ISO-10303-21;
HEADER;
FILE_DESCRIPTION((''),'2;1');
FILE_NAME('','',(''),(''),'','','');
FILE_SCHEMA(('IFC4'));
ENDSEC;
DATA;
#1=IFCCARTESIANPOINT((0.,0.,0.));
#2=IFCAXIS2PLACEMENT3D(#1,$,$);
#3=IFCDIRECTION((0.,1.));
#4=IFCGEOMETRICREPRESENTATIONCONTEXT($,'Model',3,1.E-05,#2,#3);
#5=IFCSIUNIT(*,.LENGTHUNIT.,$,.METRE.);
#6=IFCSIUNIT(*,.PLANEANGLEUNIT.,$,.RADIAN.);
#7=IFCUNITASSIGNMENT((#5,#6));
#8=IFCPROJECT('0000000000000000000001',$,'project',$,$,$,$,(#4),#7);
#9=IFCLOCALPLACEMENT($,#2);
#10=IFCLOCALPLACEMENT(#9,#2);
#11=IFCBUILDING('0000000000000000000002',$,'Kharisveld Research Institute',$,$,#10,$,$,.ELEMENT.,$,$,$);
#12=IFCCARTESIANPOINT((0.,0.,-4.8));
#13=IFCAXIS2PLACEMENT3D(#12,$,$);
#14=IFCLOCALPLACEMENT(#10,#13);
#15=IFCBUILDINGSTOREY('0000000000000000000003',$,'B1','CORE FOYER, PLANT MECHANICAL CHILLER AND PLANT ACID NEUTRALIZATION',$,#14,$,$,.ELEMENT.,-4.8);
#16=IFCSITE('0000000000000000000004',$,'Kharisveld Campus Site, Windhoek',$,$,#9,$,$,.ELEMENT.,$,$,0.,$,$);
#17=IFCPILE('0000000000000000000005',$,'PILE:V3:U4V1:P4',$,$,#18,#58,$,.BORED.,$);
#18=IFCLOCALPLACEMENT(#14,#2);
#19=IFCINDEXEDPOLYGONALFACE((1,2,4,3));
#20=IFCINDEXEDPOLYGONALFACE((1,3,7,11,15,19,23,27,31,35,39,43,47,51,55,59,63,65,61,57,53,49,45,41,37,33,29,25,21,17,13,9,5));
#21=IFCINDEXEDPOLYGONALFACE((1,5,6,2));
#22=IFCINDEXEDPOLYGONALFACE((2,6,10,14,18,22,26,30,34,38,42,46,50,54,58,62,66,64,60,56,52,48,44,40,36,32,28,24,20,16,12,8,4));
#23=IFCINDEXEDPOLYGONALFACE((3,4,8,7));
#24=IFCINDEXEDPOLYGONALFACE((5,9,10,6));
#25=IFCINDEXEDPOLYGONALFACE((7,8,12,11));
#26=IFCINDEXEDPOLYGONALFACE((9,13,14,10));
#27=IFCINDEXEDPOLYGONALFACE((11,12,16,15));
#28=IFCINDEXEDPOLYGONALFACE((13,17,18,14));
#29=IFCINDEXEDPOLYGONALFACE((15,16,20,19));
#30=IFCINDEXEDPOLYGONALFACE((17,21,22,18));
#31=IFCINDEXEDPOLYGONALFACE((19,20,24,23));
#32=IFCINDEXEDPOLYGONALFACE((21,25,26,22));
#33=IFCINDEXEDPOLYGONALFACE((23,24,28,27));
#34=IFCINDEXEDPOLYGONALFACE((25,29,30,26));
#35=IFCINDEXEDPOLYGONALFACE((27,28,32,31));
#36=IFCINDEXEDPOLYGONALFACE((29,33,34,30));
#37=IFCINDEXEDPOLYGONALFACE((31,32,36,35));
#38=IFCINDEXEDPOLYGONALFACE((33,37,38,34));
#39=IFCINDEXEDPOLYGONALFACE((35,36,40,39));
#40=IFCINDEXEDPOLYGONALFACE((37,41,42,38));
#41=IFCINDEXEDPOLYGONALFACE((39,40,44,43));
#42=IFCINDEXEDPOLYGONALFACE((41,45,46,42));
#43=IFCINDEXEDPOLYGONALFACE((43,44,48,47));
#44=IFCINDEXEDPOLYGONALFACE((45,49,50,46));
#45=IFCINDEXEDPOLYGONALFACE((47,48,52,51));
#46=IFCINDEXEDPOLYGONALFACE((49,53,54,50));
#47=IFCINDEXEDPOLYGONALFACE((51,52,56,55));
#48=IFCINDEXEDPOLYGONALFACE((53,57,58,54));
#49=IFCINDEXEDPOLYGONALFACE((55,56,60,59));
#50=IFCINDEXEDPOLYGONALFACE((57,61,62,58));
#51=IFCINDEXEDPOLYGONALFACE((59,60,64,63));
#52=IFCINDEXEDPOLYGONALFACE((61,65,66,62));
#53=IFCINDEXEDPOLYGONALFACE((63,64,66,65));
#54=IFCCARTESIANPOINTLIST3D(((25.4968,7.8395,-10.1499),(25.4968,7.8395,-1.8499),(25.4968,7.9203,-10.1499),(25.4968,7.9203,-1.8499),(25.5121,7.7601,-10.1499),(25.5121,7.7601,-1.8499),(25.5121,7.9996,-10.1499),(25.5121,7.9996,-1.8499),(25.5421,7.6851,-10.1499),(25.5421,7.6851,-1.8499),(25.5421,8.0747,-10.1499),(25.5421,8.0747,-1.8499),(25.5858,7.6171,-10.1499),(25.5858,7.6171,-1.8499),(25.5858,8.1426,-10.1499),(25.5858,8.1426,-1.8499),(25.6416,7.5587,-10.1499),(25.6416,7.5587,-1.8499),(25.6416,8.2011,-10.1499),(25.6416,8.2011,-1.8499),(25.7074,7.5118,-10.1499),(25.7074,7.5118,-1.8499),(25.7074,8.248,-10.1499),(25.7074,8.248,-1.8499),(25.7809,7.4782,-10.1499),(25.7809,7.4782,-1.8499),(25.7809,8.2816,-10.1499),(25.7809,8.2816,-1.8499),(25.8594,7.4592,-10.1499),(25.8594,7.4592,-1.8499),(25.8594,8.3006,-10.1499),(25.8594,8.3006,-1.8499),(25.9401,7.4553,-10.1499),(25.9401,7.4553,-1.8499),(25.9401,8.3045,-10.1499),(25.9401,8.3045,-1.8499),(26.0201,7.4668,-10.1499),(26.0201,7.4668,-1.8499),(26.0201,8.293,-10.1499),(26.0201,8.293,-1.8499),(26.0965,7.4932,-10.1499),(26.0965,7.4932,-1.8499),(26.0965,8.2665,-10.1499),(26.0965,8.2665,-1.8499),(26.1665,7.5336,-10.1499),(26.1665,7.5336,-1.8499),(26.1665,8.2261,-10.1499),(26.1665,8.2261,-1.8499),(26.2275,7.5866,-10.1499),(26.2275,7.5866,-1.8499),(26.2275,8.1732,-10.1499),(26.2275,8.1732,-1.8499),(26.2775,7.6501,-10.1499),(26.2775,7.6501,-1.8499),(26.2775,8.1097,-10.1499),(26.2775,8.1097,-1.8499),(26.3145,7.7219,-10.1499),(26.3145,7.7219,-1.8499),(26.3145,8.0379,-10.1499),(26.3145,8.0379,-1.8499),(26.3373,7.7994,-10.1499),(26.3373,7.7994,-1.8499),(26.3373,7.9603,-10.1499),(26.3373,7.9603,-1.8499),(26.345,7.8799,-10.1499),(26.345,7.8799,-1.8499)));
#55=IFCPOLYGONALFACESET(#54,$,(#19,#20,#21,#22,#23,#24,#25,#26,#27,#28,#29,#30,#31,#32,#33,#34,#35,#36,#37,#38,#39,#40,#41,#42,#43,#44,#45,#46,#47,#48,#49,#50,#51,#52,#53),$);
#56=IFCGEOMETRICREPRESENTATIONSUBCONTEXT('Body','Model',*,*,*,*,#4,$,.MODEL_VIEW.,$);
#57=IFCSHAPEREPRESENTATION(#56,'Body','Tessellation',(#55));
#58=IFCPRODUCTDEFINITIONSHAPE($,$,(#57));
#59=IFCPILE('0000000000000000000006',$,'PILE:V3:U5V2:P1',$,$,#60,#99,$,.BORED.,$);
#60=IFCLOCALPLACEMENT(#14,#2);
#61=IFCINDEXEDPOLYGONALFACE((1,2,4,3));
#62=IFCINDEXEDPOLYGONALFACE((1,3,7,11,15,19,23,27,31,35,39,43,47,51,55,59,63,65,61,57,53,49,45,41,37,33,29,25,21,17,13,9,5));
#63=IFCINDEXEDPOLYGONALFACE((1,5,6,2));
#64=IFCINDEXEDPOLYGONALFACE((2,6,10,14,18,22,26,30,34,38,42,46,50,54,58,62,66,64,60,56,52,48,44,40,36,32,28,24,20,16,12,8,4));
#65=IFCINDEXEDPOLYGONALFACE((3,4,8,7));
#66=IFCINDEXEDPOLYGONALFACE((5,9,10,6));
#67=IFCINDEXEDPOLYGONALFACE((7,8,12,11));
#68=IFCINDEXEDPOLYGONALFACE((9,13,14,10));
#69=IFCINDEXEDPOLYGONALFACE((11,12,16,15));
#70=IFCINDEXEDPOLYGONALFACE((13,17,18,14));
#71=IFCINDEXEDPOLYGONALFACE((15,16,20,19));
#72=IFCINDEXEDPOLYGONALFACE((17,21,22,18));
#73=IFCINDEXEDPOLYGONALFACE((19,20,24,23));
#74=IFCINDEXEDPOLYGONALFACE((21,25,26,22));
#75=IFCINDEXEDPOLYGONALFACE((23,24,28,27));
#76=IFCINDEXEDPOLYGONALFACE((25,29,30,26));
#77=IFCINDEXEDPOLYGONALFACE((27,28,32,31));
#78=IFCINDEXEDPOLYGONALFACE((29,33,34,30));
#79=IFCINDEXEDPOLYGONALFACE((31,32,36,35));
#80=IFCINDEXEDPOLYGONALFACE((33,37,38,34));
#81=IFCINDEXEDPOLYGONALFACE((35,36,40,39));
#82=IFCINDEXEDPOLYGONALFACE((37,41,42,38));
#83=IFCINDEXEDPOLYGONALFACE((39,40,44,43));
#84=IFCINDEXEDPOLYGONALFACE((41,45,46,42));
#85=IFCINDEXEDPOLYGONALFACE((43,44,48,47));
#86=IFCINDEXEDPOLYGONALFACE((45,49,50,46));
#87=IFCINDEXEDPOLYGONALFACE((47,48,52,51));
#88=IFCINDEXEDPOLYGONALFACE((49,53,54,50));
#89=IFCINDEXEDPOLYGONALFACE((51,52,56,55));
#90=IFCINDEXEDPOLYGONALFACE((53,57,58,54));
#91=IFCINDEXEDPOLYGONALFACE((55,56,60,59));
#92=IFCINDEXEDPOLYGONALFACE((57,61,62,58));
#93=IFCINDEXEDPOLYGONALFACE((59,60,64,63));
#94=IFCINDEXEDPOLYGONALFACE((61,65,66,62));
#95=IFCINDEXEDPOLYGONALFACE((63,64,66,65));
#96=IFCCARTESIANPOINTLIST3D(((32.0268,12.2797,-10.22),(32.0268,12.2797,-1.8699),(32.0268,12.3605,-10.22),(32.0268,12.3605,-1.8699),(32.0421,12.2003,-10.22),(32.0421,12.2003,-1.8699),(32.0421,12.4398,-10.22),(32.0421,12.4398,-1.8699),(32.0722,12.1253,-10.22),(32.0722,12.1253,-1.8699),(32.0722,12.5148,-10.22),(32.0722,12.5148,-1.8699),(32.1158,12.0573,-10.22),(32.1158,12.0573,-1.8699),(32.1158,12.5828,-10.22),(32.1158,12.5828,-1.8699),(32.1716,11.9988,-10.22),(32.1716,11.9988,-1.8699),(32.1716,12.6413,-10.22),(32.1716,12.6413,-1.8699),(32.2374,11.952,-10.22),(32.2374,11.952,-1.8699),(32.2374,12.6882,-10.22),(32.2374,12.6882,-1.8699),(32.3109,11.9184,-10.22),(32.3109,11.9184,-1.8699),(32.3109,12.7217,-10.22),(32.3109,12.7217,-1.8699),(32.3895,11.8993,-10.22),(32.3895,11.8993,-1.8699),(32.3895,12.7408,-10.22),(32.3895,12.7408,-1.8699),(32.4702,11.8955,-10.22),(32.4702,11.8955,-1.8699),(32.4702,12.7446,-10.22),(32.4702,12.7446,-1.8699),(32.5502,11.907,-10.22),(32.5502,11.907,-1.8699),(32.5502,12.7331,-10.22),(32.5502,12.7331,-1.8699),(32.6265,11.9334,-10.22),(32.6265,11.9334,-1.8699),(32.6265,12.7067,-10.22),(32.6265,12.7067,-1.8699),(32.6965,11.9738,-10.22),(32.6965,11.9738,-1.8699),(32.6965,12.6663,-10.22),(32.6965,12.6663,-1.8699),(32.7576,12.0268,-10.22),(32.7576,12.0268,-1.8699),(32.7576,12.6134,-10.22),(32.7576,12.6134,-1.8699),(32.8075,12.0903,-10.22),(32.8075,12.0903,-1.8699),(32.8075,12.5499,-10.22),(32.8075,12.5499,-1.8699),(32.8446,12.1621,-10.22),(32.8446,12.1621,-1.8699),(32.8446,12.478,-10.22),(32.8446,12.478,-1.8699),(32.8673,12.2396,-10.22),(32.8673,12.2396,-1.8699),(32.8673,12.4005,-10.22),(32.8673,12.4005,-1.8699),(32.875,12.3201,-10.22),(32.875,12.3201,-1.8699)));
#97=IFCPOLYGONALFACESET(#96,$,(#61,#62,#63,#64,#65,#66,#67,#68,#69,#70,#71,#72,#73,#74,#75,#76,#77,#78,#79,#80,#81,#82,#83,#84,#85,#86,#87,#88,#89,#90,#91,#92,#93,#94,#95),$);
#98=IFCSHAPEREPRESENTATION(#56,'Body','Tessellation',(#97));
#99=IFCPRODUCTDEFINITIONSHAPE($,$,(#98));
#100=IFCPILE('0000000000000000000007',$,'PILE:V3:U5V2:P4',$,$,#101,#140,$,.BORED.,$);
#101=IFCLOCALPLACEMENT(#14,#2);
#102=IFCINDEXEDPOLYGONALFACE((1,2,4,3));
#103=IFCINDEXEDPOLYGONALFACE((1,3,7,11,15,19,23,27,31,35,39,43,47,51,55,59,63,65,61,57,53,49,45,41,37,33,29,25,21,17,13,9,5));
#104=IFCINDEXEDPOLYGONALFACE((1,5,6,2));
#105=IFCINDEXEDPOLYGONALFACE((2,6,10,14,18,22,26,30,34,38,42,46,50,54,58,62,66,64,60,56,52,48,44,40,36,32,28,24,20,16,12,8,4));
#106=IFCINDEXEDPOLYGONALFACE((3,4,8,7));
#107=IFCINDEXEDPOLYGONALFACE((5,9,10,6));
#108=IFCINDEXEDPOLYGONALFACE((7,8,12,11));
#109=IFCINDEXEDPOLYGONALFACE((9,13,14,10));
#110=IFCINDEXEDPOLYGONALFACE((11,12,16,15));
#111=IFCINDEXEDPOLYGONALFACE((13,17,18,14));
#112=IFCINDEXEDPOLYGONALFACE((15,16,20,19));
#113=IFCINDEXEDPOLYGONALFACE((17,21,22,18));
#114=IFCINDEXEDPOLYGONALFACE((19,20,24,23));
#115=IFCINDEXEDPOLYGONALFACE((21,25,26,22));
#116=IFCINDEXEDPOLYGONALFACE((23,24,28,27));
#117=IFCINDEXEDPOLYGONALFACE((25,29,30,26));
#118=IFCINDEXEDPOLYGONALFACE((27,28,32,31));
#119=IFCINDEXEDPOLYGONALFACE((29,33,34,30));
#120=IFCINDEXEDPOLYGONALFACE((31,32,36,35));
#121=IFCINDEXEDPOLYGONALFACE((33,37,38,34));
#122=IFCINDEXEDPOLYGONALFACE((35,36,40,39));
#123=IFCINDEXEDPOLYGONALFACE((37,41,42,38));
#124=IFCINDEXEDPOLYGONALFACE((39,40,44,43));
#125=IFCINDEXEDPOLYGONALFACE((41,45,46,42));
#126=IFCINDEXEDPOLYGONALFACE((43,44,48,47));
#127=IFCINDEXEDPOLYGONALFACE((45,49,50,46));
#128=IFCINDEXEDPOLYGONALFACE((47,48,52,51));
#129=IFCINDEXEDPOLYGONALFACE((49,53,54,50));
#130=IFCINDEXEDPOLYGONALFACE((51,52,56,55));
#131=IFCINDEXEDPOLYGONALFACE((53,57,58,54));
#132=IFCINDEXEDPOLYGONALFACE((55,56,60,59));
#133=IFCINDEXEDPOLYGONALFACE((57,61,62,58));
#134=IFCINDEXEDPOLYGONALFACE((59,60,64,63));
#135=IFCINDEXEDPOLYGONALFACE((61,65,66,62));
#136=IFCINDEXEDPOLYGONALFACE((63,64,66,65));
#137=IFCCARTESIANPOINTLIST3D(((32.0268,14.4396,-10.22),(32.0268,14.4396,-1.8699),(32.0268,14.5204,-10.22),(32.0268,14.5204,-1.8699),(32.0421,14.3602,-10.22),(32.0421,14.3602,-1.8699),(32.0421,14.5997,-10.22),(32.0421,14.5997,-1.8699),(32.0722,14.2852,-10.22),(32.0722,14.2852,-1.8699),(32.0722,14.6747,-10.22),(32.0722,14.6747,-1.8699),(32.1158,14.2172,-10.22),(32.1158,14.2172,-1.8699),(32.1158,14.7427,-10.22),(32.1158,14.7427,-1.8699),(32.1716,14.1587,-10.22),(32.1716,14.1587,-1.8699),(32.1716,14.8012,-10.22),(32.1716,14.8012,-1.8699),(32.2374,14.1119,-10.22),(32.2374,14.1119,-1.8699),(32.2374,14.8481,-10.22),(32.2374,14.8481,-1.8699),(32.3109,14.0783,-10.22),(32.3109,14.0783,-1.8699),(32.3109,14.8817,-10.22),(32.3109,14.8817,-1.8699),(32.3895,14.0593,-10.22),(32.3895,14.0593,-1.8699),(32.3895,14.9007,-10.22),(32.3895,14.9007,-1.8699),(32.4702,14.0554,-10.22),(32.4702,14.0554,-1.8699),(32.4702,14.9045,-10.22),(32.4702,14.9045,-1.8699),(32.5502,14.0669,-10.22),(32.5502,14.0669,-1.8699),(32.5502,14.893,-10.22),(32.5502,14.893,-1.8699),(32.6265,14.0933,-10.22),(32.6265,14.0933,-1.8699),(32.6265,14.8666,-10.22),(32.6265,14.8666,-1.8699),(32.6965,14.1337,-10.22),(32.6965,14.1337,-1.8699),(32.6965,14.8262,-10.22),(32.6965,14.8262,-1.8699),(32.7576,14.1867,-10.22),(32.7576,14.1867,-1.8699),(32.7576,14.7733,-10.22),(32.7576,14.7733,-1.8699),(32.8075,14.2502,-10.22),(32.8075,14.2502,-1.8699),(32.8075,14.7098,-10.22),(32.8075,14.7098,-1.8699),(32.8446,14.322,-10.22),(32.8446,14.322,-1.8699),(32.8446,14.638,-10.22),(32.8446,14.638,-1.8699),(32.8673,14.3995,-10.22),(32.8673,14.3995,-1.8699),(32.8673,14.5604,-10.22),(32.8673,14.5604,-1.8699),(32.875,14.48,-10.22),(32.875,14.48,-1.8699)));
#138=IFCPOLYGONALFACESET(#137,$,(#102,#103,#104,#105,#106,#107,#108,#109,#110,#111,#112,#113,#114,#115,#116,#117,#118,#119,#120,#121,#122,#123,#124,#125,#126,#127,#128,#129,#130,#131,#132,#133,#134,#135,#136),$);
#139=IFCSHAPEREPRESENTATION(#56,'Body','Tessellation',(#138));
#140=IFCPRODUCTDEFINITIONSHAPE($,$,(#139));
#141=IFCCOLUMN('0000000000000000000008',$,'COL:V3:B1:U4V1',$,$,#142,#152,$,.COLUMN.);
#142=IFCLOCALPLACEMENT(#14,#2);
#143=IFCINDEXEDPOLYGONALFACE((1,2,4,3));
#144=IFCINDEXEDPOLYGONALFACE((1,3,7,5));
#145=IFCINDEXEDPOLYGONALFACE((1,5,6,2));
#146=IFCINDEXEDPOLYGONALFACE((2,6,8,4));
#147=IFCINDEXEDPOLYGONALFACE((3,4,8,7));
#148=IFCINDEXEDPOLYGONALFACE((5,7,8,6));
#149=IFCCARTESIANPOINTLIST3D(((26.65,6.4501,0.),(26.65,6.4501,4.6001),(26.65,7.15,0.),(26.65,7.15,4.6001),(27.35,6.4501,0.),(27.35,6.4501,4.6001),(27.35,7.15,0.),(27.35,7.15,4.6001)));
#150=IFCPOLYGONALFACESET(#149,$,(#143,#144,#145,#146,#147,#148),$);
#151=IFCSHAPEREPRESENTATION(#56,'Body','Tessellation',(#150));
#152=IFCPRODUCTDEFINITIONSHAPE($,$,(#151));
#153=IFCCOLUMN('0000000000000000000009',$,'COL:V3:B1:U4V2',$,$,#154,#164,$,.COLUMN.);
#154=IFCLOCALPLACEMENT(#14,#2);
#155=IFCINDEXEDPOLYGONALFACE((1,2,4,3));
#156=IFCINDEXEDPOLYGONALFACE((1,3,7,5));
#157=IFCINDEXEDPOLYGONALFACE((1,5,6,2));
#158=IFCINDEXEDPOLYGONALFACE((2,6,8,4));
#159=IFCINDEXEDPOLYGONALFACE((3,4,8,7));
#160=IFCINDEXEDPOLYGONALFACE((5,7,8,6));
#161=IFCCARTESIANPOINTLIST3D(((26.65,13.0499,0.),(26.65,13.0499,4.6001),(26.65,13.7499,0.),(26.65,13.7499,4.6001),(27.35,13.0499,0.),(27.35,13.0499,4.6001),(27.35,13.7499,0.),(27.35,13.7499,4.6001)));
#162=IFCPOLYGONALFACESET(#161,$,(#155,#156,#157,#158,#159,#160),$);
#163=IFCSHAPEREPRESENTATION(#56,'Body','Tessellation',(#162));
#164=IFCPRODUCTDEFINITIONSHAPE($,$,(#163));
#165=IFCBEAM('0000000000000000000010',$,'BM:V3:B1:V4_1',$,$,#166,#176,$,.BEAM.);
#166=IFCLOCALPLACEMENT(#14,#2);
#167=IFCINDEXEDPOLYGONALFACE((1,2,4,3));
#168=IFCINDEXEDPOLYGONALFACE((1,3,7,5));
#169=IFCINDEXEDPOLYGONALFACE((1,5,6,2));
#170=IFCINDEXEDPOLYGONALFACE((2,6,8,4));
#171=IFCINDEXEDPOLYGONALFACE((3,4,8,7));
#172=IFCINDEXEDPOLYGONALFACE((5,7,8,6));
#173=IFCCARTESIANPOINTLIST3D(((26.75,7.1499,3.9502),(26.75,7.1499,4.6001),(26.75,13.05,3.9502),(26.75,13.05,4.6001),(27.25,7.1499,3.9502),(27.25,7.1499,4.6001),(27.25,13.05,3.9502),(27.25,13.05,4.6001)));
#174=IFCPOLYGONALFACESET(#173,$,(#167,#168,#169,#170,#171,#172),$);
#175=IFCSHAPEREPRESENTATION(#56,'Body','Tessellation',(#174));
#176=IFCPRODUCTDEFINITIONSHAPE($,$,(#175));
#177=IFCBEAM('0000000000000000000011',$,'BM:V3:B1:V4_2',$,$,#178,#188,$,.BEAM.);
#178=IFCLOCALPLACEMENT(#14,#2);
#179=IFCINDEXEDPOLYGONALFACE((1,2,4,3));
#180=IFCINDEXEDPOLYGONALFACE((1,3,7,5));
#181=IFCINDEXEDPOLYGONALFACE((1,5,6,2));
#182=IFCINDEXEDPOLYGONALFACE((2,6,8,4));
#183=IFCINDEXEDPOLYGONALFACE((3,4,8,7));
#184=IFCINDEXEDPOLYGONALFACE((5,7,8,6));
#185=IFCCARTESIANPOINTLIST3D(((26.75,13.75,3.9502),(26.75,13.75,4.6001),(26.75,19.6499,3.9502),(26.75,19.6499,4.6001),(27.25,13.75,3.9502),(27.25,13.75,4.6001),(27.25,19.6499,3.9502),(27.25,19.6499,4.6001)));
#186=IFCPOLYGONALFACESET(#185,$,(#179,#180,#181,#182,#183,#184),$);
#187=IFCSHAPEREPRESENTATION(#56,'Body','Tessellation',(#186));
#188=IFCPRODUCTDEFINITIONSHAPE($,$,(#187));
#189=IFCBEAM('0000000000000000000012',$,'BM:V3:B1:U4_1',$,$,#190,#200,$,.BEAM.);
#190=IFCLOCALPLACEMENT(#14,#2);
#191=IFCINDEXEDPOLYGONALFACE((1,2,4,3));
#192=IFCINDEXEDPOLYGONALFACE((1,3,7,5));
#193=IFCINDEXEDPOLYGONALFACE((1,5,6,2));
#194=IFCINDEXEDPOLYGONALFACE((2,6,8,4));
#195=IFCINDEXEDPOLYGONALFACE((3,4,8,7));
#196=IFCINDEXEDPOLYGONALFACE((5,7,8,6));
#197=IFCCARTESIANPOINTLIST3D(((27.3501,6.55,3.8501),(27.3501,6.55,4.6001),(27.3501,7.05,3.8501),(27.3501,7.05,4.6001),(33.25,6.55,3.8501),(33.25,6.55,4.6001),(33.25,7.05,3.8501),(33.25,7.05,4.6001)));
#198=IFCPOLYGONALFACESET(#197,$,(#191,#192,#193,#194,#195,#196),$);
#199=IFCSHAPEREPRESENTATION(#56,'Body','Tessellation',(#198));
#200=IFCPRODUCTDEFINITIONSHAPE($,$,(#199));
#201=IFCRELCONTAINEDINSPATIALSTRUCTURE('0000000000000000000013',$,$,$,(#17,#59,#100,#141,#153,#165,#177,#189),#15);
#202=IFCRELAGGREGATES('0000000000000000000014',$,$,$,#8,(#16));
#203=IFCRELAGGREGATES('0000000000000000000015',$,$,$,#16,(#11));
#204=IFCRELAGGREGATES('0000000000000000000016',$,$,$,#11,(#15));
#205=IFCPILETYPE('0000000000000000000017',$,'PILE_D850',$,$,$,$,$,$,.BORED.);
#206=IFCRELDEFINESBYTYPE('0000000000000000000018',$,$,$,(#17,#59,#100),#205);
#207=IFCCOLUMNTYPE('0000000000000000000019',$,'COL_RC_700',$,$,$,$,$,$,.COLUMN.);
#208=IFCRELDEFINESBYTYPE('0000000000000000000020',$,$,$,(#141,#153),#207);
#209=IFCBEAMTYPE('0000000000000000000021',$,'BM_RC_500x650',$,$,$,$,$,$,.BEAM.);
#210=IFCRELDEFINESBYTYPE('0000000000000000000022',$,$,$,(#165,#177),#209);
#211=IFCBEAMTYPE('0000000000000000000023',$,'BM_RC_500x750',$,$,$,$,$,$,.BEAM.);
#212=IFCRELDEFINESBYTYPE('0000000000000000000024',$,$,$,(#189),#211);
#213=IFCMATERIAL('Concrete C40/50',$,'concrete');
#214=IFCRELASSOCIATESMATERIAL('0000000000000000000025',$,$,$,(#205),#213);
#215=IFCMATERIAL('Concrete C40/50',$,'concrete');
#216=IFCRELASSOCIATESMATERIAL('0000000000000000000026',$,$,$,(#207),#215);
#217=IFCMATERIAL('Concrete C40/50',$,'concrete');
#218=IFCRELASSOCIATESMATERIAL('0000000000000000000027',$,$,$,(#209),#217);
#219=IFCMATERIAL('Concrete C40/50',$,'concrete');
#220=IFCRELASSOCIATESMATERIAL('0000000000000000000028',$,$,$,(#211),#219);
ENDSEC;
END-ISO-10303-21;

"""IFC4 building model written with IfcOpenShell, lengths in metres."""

from ifc_helpers import new_model, si_unit, direction, frame, origin, origin_2d, place, context, subcontext, project, spatial, rectangle, circle, extrude, material, material_profile, profile_set, type_object, element, save


model = new_model("IFC4")

# Units and contexts
model_context = context("Model", 3, precision=1e-05, world=origin(), true_north=direction((0.0, 1.0)))
body_context = subcontext(model_context, "Body", "Model", "MODEL_VIEW")
ifc_project = project(units=[si_unit("LENGTHUNIT", "METRE"), si_unit("PLANEANGLEUNIT", "RADIAN")], contexts=[model_context])

# Site, building, storey
site_placement = place(None, origin())
site = spatial("IfcSite", under=ifc_project, at=site_placement, Name="Kharisveld Campus Site, Windhoek", CompositionType="ELEMENT", RefElevation=0.0)
building_placement = place(site_placement, origin())
building = spatial("IfcBuilding", under=site, at=building_placement, Name="Kharisveld Research Institute", CompositionType="ELEMENT")
storey_placement = place(building_placement, frame((0.0, 0.0, -4.8)))
storey = spatial("IfcBuildingStorey", under=building, at=storey_placement, Name="B1", Description="CORE FOYER, PLANT MECHANICAL CHILLER AND PLANT ACID NEUTRALIZATION", CompositionType="ELEMENT", Elevation=-4.8)

# Piles
ifc_material_1 = material(Name="Concrete C40/50", Category="concrete")
ifc_material_profile_1 = material_profile(ifc_material_1, circle(Radius=0.425, at=origin_2d()))
ifc_profile_set_1 = profile_set([ifc_material_profile_1], Name="Concrete C40/50")
pile_type_1 = type_object("IfcPileType", Name="PILE_D850", PredefinedType="BORED", material=ifc_profile_set_1)
for number, where, z_axis, x_axis, name in (
    (1, (25.9199, 7.8799, -1.8499), (0.0, 0.0, -1.0), (1.0, 0.0, 0.0), "PILE:V3:U4V1:P4"),
):
    element("IfcPile", number, at=place(storey_placement, frame(where, z_axis=z_axis, x_axis=x_axis)), inside=storey, type_object=pile_type_1, Name=name, PredefinedType="BORED", context=body_context, shape_type="SweptSolid", body=[
        extrude(circle(Radius=0.425, at=origin_2d()), origin(), (0.0, 0.0, 1.0), 8.3),
    ])
for number, where, z_axis, x_axis, name in (
    (2, (32.45, 12.3201, -1.8699), (0.0, 0.0, -1.0), (1.0, 0.0, 0.0), "PILE:V3:U5V2:P1"),
    (3, (32.45, 14.48, -1.8699), (0.0, 0.0, -1.0), (1.0, 0.0, 0.0), "PILE:V3:U5V2:P4"),
):
    element("IfcPile", number, at=place(storey_placement, frame(where, z_axis=z_axis, x_axis=x_axis)), inside=storey, type_object=pile_type_1, Name=name, PredefinedType="BORED", context=body_context, shape_type="SweptSolid", body=[
        extrude(circle(Radius=0.425, at=origin_2d()), origin(), (0.0, 0.0, 1.0), 8.3501),
    ])

# Columns
ifc_material_2 = material(Name="Concrete C40/50", Category="concrete")
ifc_material_profile_2 = material_profile(ifc_material_2, rectangle(XDim=0.7, YDim=0.7, at=origin_2d()))
ifc_profile_set_2 = profile_set([ifc_material_profile_2], Name="Concrete C40/50")
column_type = type_object("IfcColumnType", Name="COL_RC_700", PredefinedType="COLUMN", material=ifc_profile_set_2)
for number, where, z_axis, x_axis, name in (
    (4, (27.0, 6.8, 0.0), (0.0, 0.0, 1.0), (1.0, 0.0, 0.0), "COL:V3:B1:U4V1"),
    (5, (27.0, 13.3999, 0.0), (0.0, 0.0, 1.0), (1.0, 0.0, 0.0), "COL:V3:B1:U4V2"),
):
    element("IfcColumn", number, at=place(storey_placement, frame(where, z_axis=z_axis, x_axis=x_axis)), inside=storey, type_object=column_type, Name=name, PredefinedType="COLUMN", context=body_context, shape_type="SweptSolid", body=[
        extrude(rectangle(XDim=0.7, YDim=0.7, at=origin_2d()), origin(), (0.0, 0.0, 1.0), 4.6001),
    ])

# Beams
ifc_material_3 = material(Name="Concrete C40/50", Category="concrete")
ifc_material_profile_3 = material_profile(ifc_material_3, rectangle(XDim=0.5, YDim=0.6499, at=origin_2d()))
ifc_profile_set_3 = profile_set([ifc_material_profile_3], Name="Concrete C40/50")
beam_type_1 = type_object("IfcBeamType", Name="BM_RC_500x650", PredefinedType="BEAM", material=ifc_profile_set_3)
beam_1_placement = place(storey_placement, frame((27.0, 7.1499, 4.2751), z_axis=(0.0, 1.0, 0.0), x_axis=(-1.0, 0.0, 0.0)))
element("IfcBeam", 6, at=beam_1_placement, inside=storey, type_object=beam_type_1, Name="BM:V3:B1:V4_1", PredefinedType="BEAM", context=body_context, shape_type="SweptSolid", body=[
    extrude(rectangle(XDim=0.5, YDim=0.6499, at=origin_2d()), origin(), (0.0, 0.0, 1.0), 5.9001),
])
beam_2_placement = place(storey_placement, frame((27.0, 13.75, 4.2751), z_axis=(0.0, 1.0, 0.0), x_axis=(-1.0, 0.0, 0.0)))
element("IfcBeam", 7, at=beam_2_placement, inside=storey, type_object=beam_type_1, Name="BM:V3:B1:V4_2", PredefinedType="BEAM", context=body_context, shape_type="SweptSolid", body=[
    extrude(rectangle(XDim=0.5, YDim=0.6499, at=origin_2d()), origin(), (0.0, 0.0, 1.0), 5.8999),
])
ifc_material_4 = material(Name="Concrete C40/50", Category="concrete")
ifc_material_profile_4 = material_profile(ifc_material_4, rectangle(XDim=0.5, YDim=0.75, at=origin_2d()))
ifc_profile_set_4 = profile_set([ifc_material_profile_4], Name="Concrete C40/50")
beam_type_2 = type_object("IfcBeamType", Name="BM_RC_500x750", PredefinedType="BEAM", material=ifc_profile_set_4)
for number, where, z_axis, x_axis, name in (
    (8, (27.3501, 6.8, 4.2251), (1.0, 0.0, 0.0), (0.0, 1.0, 0.0), "BM:V3:B1:U4_1"),
):
    element("IfcBeam", number, at=place(storey_placement, frame(where, z_axis=z_axis, x_axis=x_axis)), inside=storey, type_object=beam_type_2, Name=name, PredefinedType="BEAM", context=body_context, shape_type="SweptSolid", body=[
        extrude(rectangle(XDim=0.5, YDim=0.75, at=origin_2d()), origin(), (0.0, 0.0, 1.0), 5.8999),
    ])

save(model, "model.ifc")
